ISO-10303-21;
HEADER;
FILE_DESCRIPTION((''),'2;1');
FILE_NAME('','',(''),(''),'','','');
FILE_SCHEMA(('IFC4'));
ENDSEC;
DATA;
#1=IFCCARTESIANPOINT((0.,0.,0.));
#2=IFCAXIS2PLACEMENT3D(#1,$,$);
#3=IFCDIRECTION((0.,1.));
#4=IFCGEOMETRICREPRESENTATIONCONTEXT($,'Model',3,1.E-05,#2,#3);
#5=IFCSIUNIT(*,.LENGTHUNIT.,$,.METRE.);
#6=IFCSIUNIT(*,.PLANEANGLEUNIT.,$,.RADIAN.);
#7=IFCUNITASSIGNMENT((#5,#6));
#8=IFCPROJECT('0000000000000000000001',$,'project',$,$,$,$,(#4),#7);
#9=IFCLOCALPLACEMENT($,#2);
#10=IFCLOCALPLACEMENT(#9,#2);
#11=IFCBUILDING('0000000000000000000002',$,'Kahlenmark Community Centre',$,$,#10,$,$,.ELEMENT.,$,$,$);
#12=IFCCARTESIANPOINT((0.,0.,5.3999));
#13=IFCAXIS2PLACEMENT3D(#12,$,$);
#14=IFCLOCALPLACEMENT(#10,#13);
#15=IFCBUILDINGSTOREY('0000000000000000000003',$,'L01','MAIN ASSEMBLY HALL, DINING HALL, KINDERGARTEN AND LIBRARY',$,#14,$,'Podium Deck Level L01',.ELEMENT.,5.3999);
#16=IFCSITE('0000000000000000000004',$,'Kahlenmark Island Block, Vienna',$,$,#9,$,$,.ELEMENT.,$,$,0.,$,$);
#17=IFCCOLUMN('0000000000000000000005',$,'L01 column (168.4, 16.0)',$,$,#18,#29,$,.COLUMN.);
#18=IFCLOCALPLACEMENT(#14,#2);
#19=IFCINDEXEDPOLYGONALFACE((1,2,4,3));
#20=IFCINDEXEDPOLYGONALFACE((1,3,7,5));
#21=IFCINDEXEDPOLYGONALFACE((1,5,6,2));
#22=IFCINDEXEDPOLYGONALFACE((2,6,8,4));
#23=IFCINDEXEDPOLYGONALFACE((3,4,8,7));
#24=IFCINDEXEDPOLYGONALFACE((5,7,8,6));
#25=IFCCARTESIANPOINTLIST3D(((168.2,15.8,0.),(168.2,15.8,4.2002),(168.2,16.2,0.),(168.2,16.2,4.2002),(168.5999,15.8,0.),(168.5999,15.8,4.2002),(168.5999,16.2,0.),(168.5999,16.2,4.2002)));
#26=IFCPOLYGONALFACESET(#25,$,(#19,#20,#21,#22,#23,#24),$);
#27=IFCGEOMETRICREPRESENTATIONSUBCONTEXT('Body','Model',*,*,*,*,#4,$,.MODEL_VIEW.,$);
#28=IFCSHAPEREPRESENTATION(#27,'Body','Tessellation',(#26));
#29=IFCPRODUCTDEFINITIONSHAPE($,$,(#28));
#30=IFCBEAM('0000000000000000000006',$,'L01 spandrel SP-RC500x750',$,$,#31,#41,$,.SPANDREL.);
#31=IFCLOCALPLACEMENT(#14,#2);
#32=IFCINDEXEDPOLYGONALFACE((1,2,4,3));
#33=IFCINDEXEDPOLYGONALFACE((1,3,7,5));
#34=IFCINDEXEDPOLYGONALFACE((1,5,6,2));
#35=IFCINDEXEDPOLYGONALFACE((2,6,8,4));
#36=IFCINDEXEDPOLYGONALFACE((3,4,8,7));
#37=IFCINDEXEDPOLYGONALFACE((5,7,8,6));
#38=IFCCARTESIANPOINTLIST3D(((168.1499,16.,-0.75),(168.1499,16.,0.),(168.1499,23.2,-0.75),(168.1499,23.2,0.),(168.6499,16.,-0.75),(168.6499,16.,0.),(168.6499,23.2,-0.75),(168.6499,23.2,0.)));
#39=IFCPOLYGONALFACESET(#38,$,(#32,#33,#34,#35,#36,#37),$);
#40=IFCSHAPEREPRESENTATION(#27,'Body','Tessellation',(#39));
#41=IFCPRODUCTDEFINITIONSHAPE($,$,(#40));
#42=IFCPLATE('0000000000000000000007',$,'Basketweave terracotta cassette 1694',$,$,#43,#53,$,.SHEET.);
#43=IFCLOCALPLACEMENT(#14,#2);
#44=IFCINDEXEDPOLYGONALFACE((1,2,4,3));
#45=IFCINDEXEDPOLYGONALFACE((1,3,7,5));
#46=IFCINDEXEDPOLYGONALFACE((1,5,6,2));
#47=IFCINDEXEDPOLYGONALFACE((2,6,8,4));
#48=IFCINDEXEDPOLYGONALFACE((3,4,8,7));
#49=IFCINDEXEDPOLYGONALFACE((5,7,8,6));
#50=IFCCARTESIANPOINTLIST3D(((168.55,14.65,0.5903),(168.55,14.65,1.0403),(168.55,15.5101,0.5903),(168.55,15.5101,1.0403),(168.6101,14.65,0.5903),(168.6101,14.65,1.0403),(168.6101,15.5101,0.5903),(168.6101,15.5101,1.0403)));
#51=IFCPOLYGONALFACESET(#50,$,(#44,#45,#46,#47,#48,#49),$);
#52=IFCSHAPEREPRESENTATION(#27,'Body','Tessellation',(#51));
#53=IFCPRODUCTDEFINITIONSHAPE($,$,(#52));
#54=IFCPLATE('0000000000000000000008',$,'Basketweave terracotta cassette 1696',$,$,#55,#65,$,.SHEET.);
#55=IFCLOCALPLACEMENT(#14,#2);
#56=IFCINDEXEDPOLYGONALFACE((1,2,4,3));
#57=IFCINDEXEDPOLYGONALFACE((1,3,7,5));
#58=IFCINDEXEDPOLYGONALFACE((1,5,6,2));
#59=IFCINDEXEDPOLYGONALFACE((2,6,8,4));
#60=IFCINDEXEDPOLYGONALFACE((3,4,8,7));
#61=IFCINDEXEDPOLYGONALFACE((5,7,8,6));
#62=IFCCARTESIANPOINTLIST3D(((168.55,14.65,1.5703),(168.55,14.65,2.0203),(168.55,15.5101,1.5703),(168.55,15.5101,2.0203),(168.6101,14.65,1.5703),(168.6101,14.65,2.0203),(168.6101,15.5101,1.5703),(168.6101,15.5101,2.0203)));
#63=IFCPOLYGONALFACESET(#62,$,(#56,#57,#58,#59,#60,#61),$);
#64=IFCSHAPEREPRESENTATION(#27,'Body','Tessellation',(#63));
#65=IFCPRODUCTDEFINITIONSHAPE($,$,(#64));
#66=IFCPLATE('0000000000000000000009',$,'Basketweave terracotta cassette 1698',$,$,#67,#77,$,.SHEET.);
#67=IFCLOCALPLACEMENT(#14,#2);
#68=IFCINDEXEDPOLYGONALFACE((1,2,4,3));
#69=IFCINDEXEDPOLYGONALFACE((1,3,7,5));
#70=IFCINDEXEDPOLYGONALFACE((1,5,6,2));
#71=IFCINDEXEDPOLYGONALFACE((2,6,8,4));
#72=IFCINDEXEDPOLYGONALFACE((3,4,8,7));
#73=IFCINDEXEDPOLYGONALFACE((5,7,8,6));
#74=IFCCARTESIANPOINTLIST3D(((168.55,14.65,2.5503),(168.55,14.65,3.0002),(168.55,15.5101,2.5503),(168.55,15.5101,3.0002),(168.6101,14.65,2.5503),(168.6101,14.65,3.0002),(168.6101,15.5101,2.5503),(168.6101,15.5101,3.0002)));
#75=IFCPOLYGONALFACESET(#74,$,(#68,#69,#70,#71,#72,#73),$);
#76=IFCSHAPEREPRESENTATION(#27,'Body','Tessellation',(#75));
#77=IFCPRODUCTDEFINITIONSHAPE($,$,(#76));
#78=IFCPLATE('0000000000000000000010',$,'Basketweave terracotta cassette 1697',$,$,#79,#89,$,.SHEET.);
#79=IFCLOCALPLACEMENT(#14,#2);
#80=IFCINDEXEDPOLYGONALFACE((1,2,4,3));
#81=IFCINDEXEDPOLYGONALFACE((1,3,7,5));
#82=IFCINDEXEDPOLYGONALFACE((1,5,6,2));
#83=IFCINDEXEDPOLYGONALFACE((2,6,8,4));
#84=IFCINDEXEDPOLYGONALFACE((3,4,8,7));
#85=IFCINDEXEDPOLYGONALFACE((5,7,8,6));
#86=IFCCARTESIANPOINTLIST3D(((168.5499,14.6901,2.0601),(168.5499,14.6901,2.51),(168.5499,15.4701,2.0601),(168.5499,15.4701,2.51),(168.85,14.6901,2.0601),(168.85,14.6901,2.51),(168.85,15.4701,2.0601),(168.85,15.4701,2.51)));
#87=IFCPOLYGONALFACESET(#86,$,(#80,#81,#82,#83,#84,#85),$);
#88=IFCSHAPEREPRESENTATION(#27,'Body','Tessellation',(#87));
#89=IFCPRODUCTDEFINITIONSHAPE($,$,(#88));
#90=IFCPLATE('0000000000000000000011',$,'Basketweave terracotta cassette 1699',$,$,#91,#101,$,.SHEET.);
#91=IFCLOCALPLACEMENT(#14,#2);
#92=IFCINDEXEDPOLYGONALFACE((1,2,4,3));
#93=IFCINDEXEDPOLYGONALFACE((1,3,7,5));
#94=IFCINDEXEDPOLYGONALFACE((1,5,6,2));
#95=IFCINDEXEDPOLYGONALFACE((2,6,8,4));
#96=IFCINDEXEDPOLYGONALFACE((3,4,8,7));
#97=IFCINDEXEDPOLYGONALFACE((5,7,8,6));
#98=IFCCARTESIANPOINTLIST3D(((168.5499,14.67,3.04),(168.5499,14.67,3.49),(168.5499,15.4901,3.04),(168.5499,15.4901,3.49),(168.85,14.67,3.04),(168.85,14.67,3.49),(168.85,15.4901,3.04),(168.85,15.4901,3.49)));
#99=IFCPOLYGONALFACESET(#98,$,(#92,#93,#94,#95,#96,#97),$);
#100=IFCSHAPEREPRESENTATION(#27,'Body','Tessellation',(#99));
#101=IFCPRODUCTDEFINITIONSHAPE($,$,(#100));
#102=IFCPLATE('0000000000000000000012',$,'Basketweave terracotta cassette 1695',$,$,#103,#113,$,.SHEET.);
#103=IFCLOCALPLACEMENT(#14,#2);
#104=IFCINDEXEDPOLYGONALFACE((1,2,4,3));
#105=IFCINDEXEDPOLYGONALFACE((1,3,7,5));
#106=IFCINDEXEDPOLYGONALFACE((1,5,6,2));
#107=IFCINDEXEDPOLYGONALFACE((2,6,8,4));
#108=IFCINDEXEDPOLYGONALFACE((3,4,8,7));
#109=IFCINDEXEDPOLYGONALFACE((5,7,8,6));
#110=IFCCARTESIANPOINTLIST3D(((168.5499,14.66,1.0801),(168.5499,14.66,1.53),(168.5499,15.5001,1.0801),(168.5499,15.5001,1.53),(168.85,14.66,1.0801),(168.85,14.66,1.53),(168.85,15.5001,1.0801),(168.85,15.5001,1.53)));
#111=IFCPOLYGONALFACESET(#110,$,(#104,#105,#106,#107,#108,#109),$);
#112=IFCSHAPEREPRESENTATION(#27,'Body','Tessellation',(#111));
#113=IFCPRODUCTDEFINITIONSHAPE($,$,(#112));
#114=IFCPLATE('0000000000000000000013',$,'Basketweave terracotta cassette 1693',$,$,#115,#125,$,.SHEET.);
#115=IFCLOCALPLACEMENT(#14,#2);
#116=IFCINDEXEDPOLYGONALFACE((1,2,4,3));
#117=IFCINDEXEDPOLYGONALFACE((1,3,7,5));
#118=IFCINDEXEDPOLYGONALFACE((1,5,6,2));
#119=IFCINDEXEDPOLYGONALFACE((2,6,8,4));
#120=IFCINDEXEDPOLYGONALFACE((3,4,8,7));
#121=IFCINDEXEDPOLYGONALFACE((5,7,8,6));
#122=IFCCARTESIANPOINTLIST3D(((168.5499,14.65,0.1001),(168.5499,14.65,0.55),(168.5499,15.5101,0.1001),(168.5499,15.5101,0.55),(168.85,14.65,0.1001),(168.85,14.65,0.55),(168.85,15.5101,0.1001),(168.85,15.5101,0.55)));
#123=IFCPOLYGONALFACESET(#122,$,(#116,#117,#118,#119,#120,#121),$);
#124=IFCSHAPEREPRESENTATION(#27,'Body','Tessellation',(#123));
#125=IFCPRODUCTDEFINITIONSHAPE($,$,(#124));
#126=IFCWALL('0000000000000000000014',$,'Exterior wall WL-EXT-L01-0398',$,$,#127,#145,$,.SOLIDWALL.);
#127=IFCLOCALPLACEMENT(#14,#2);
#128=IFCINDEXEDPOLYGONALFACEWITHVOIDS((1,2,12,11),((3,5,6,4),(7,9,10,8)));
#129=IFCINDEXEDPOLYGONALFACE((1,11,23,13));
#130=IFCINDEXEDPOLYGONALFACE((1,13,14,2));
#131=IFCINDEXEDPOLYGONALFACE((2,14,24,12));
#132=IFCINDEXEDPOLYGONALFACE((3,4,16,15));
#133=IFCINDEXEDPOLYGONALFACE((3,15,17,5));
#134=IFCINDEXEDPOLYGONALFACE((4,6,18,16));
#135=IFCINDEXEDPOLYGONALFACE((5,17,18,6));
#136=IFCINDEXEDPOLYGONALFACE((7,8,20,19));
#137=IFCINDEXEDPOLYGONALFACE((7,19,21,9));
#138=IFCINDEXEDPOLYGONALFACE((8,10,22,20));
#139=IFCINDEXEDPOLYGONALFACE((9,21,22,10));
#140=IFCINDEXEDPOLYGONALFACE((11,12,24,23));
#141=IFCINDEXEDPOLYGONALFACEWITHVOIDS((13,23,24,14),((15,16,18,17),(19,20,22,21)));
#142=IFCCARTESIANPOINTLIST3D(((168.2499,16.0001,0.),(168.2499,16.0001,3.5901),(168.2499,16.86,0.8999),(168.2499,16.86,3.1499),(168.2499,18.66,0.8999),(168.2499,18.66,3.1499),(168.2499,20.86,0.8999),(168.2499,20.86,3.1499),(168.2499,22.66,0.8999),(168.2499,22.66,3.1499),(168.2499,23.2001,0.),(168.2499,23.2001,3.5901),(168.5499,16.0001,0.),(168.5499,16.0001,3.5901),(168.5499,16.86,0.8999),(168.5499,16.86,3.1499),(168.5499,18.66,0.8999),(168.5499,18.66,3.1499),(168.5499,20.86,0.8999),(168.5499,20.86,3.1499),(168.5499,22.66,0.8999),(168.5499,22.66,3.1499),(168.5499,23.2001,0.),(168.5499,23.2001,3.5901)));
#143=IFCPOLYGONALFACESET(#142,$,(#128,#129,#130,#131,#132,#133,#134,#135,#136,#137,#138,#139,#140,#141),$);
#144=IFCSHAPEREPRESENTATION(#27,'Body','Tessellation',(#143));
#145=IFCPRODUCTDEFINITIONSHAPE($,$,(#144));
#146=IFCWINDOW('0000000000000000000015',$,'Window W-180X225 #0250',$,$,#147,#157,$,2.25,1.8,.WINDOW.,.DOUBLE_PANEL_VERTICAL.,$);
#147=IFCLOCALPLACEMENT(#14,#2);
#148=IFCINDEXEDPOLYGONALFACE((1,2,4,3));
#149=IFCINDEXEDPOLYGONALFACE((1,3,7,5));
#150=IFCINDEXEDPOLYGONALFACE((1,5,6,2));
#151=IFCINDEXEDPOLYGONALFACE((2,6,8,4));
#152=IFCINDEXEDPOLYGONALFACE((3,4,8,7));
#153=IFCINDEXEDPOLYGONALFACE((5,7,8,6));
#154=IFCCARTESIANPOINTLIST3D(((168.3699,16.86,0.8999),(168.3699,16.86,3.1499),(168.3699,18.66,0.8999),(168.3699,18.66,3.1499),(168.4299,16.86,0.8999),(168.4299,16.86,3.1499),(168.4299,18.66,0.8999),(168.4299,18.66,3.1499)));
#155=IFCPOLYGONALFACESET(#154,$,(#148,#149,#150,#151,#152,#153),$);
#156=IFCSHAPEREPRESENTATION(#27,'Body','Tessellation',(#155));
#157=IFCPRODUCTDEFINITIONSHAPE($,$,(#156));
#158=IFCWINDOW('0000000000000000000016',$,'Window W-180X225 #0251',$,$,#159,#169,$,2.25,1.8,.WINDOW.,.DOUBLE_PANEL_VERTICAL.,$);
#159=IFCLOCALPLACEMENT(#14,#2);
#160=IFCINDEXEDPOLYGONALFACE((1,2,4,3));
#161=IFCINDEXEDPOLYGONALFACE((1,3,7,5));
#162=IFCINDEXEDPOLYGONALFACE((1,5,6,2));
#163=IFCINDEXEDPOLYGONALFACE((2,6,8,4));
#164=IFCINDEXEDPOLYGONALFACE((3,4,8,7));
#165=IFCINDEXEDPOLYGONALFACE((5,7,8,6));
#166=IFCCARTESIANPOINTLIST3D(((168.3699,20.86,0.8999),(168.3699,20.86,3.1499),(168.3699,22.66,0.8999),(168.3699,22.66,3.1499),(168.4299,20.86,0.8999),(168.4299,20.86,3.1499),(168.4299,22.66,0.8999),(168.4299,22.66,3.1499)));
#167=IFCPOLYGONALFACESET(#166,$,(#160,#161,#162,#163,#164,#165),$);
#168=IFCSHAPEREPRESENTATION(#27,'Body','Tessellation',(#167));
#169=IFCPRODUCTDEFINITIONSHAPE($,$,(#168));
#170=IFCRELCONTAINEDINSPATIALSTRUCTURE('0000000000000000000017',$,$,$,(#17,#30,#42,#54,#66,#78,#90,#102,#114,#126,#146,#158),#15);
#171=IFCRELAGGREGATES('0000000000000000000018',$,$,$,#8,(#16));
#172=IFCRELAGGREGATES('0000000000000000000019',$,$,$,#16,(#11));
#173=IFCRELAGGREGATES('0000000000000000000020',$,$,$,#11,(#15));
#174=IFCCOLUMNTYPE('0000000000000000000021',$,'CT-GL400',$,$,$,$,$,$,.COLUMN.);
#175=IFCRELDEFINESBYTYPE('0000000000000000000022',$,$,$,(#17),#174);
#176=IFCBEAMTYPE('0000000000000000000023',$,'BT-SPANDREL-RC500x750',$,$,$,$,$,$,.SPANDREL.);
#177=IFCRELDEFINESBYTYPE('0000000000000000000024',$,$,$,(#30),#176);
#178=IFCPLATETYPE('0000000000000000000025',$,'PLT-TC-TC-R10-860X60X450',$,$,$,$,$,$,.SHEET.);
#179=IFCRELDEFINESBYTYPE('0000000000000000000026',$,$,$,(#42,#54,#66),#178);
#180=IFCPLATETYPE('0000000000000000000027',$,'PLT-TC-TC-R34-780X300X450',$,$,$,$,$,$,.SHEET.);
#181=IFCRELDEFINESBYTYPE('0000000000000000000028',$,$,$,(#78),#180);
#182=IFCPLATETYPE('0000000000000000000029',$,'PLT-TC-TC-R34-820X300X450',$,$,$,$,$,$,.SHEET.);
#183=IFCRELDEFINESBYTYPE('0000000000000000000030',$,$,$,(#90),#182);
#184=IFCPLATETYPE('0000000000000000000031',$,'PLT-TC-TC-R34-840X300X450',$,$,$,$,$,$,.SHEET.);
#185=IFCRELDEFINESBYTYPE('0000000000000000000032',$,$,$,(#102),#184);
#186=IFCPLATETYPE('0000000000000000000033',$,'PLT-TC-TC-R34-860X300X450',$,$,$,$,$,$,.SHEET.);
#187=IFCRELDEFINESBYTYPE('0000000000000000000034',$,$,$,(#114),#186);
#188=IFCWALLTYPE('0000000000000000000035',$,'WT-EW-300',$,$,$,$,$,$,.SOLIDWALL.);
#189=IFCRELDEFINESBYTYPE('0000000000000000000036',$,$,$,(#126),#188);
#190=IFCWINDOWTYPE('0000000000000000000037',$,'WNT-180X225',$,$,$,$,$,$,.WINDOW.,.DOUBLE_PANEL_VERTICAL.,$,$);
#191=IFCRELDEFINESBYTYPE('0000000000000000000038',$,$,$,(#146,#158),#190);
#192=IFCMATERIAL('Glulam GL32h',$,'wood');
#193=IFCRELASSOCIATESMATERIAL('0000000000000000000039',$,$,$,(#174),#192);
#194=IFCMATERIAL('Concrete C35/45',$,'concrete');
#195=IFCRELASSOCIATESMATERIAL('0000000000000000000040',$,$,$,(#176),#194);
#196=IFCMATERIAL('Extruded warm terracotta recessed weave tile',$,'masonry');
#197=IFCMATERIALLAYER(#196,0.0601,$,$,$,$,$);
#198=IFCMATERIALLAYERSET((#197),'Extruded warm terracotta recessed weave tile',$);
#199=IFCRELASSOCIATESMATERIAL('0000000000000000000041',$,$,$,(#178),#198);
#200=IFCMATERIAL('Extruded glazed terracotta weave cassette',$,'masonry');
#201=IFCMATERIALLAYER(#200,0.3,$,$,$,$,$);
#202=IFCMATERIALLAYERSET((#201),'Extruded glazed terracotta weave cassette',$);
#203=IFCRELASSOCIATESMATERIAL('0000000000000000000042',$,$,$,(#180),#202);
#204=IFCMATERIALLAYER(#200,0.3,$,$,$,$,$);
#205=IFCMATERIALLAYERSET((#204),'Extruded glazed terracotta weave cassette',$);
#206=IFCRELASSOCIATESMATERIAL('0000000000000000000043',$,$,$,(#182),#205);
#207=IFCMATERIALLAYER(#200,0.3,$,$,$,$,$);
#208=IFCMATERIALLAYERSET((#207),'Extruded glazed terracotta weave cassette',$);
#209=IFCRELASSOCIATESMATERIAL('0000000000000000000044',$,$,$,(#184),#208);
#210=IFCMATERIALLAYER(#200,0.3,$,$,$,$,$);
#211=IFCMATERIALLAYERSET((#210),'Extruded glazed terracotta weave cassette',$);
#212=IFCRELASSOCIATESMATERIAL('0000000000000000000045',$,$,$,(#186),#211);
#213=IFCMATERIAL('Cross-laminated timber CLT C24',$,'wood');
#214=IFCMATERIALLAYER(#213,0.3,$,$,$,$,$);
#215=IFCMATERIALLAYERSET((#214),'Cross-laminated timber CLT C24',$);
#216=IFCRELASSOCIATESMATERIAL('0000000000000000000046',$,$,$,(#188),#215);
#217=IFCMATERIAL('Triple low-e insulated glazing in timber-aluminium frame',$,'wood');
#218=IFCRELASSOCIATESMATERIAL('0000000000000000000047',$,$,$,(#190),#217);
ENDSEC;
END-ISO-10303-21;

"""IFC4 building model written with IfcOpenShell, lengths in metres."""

from ifc_helpers import new_model, si_unit, direction, frame, frame_2d, origin, origin_2d, place, context, subcontext, project, spatial, rectangle, extrude, material, layer, layer_set, material_profile, profile_set, type_object, element, fill, save


model = new_model("IFC4")

# Units and contexts
model_context = context("Model", 3, precision=1e-05, world=origin(), true_north=direction((0.0, 1.0)))
body_context = subcontext(model_context, "Body", "Model", "MODEL_VIEW")
ifc_project = project(units=[si_unit("LENGTHUNIT", "METRE"), si_unit("PLANEANGLEUNIT", "RADIAN")], contexts=[model_context])

# Site, building, storey
site_placement = place(None, origin())
site = spatial("IfcSite", under=ifc_project, at=site_placement, Name="Kahlenmark Island Block, Vienna", CompositionType="ELEMENT", RefElevation=0.0)
building_placement = place(site_placement, origin())
building = spatial("IfcBuilding", under=site, at=building_placement, Name="Kahlenmark Community Centre", CompositionType="ELEMENT")
storey_placement = place(building_placement, frame((0.0, 0.0, 5.3999)))
storey = spatial("IfcBuildingStorey", under=building, at=storey_placement, Name="L01", Description="MAIN ASSEMBLY HALL, DINING HALL, KINDERGARTEN AND LIBRARY", LongName="Podium Deck Level L01", CompositionType="ELEMENT", Elevation=5.3999)

# Column
ifc_material_1 = material(Name="Glulam GL32h", Category="wood")
ifc_material_profile_1 = material_profile(ifc_material_1, rectangle(XDim=0.3999, YDim=0.3999, at=origin_2d()), Name="GL32h 400x400")
ifc_profile_set_1 = profile_set([ifc_material_profile_1], Name="Glulam GL32h")
column_type = type_object("IfcColumnType", Name="CT-GL400", PredefinedType="COLUMN", material=ifc_profile_set_1)
column_placement = place(storey_placement, frame((168.3999, 16.0, 0.0), z_axis=(0.0, 0.0, 1.0), x_axis=(1.0, 0.0, 0.0)))
element("IfcColumn", 1, at=column_placement, inside=storey, type_object=column_type, Name="L01 column (168.4, 16.0)", PredefinedType="COLUMN", context=body_context, shape_type="SweptSolid", body=[
    extrude(rectangle(XDim=0.3999, YDim=0.3999, at=origin_2d()), origin(), (0.0, 0.0, 1.0), 4.2002),
])

# Beam
ifc_material_2 = material(Name="Concrete C35/45", Category="concrete")
ifc_material_profile_2 = material_profile(ifc_material_2, rectangle(XDim=0.5, YDim=0.75, at=origin_2d()), Name="RC 500x750")
ifc_profile_set_2 = profile_set([ifc_material_profile_2], Name="Concrete C35/45")
beam_type = type_object("IfcBeamType", Name="BT-SPANDREL-RC500x750", PredefinedType="SPANDREL", material=ifc_profile_set_2)
beam_placement = place(storey_placement, frame((168.3999, 16.0, -0.375), z_axis=(0.0, 1.0, 0.0), x_axis=(-1.0, 0.0, 0.0)))
element("IfcBeam", 2, at=beam_placement, inside=storey, type_object=beam_type, Name="L01 spandrel SP-RC500x750", PredefinedType="SPANDREL", context=body_context, shape_type="SweptSolid", body=[
    extrude(rectangle(XDim=0.5, YDim=0.75, at=origin_2d()), origin(), (0.0, 0.0, 1.0), 7.2),
])

# Plates
ifc_material_3 = material(Name="Extruded warm terracotta recessed weave tile", Category="masonry")
ifc_layer_1 = layer(ifc_material_3, 0.0601)
ifc_layer_set_1 = layer_set([ifc_layer_1], Name="Extruded warm terracotta recessed weave tile")
plate_type_1 = type_object("IfcPlateType", Name="PLT-TC-TC-R10-860X60X450", PredefinedType="SHEET", material=ifc_layer_set_1)
for number, where, z_axis, x_axis, name in (
    (3, (168.5801, 15.0801, 0.5903), (0.0, 0.0, 1.0), (0.0, 1.0, 0.0), "Basketweave terracotta cassette 1694"),
    (4, (168.5801, 15.0801, 1.5703), (0.0, 0.0, 1.0), (0.0, 1.0, 0.0), "Basketweave terracotta cassette 1696"),
    (5, (168.5801, 15.0801, 2.5503), (0.0, 0.0, 1.0), (0.0, 1.0, 0.0), "Basketweave terracotta cassette 1698"),
):
    element("IfcPlate", number, at=place(storey_placement, frame(where, z_axis=z_axis, x_axis=x_axis)), inside=storey, type_object=plate_type_1, Name=name, PredefinedType="SHEET", context=body_context, shape_type="SweptSolid", body=[
        extrude(rectangle(XDim=0.8601, YDim=0.0601, at=origin_2d()), origin(), (0.0, 0.0, 1.0), 0.45),
    ])
ifc_material_4 = material(Name="Extruded glazed terracotta weave cassette", Category="masonry")
ifc_layer_2 = layer(ifc_material_4, 0.3)
ifc_layer_set_2 = layer_set([ifc_layer_2], Name="Extruded glazed terracotta weave cassette")
plate_type_2 = type_object("IfcPlateType", Name="PLT-TC-TC-R34-780X300X450", PredefinedType="SHEET", material=ifc_layer_set_2)
plate_1_placement = place(storey_placement, frame((168.7, 15.0801, 2.0601), z_axis=(0.0, 0.0, 1.0), x_axis=(0.0, 1.0, 0.0)))
element("IfcPlate", 6, at=plate_1_placement, inside=storey, type_object=plate_type_2, Name="Basketweave terracotta cassette 1697", PredefinedType="SHEET", context=body_context, shape_type="SweptSolid", body=[
    extrude(rectangle(XDim=0.78, YDim=0.3, at=origin_2d()), origin(), (0.0, 0.0, 1.0), 0.45),
])
ifc_layer_3 = layer(ifc_material_4, 0.3)
ifc_layer_set_3 = layer_set([ifc_layer_3], Name="Extruded glazed terracotta weave cassette")
plate_type_3 = type_object("IfcPlateType", Name="PLT-TC-TC-R34-820X300X450", PredefinedType="SHEET", material=ifc_layer_set_3)
plate_2_placement = place(storey_placement, frame((168.7, 15.0801, 3.04), z_axis=(0.0, 0.0, 1.0), x_axis=(0.0, 1.0, 0.0)))
element("IfcPlate", 7, at=plate_2_placement, inside=storey, type_object=plate_type_3, Name="Basketweave terracotta cassette 1699", PredefinedType="SHEET", context=body_context, shape_type="SweptSolid", body=[
    extrude(rectangle(XDim=0.8201, YDim=0.3, at=origin_2d()), origin(), (0.0, 0.0, 1.0), 0.45),
])
ifc_layer_4 = layer(ifc_material_4, 0.3)
ifc_layer_set_4 = layer_set([ifc_layer_4], Name="Extruded glazed terracotta weave cassette")
plate_type_4 = type_object("IfcPlateType", Name="PLT-TC-TC-R34-840X300X450", PredefinedType="SHEET", material=ifc_layer_set_4)
plate_3_placement = place(storey_placement, frame((168.7, 15.0801, 1.0801), z_axis=(0.0, 0.0, 1.0), x_axis=(0.0, 1.0, 0.0)))
element("IfcPlate", 8, at=plate_3_placement, inside=storey, type_object=plate_type_4, Name="Basketweave terracotta cassette 1695", PredefinedType="SHEET", context=body_context, shape_type="SweptSolid", body=[
    extrude(rectangle(XDim=0.8401, YDim=0.3, at=origin_2d()), origin(), (0.0, 0.0, 1.0), 0.45),
])
ifc_layer_5 = layer(ifc_material_4, 0.3)
ifc_layer_set_5 = layer_set([ifc_layer_5], Name="Extruded glazed terracotta weave cassette")
plate_type_5 = type_object("IfcPlateType", Name="PLT-TC-TC-R34-860X300X450", PredefinedType="SHEET", material=ifc_layer_set_5)
plate_4_placement = place(storey_placement, frame((168.7, 15.0801, 0.1001), z_axis=(0.0, 0.0, 1.0), x_axis=(0.0, 1.0, 0.0)))
element("IfcPlate", 9, at=plate_4_placement, inside=storey, type_object=plate_type_5, Name="Basketweave terracotta cassette 1693", PredefinedType="SHEET", context=body_context, shape_type="SweptSolid", body=[
    extrude(rectangle(XDim=0.8601, YDim=0.3, at=origin_2d()), origin(), (0.0, 0.0, 1.0), 0.45),
])

# Wall, openings, windows
ifc_material_5 = material(Name="Cross-laminated timber CLT C24", Category="wood")
ifc_layer_6 = layer(ifc_material_5, 0.3)
ifc_layer_set_6 = layer_set([ifc_layer_6], Name="Cross-laminated timber CLT C24")
wall_type = type_object("IfcWallType", Name="WT-EW-300", PredefinedType="SOLIDWALL", material=ifc_layer_set_6)
wall_placement = place(storey_placement, frame((168.3999, 16.0, 0.0), z_axis=(0.0, 0.0, 1.0), x_axis=(0.0, 1.0, 0.0)))
wall = element("IfcWall", 10, at=wall_placement, inside=storey, type_object=wall_type, Name="Exterior wall WL-EXT-L01-0398", PredefinedType="SOLIDWALL", context=body_context, shape_type="SweptSolid", body=[
    extrude(rectangle(XDim=7.2, YDim=0.3, at=frame_2d((3.6001, 0.0))), origin(), (0.0, 0.0, 1.0), 3.5901),
])
opening_1_placement = place(wall_placement, frame((0.8601, 0.0, 0.8999)))
opening_1 = element("IfcOpeningElement", 11, at=opening_1_placement, cuts=wall, PredefinedType="OPENING", context=body_context, shape_type="SweptSolid", body=[
    extrude(rectangle(XDim=1.8, YDim=2.25, at=frame_2d((0.8999, 1.125))), frame((0.0, 0.1599, 0.0), z_axis=(0.0, -1.0, 0.0), x_axis=(1.0, 0.0, 0.0)), (0.0, 0.0, 1.0), 0.3201),
])
opening_2_placement = place(wall_placement, frame((4.8601, 0.0, 0.8999)))
opening_2 = element("IfcOpeningElement", 12, at=opening_2_placement, cuts=wall, PredefinedType="OPENING", context=body_context, shape_type="SweptSolid", body=[
    extrude(rectangle(XDim=1.8, YDim=2.25, at=frame_2d((0.8999, 1.125))), frame((0.0, 0.1599, 0.0), z_axis=(0.0, -1.0, 0.0), x_axis=(1.0, 0.0, 0.0)), (0.0, 0.0, 1.0), 0.3201),
])
ifc_material_6 = material(Name="Triple low-e insulated glazing in timber-aluminium frame", Category="wood")
window_type = type_object("IfcWindowType", Name="WNT-180X225", PartitioningType="DOUBLE_PANEL_VERTICAL", PredefinedType="WINDOW", material=ifc_material_6)
window_1_placement = place(opening_1_placement, origin())
window_1 = element("IfcWindow", 13, at=window_1_placement, inside=storey, type_object=window_type, Name="Window W-180X225 #0250", OverallHeight=2.25, OverallWidth=1.8, PartitioningType="DOUBLE_PANEL_VERTICAL", PredefinedType="WINDOW", context=body_context, shape_type="SweptSolid", body=[
    extrude(rectangle(XDim=1.8, YDim=2.25, at=frame_2d((0.8999, 1.125))), frame((0.0, 0.03, 0.0), z_axis=(0.0, -1.0, 0.0), x_axis=(1.0, 0.0, 0.0)), (0.0, 0.0, 1.0), 0.0601),
])
fill(opening_1, window_1)
window_2_placement = place(opening_2_placement, origin())
window_2 = element("IfcWindow", 14, at=window_2_placement, inside=storey, type_object=window_type, Name="Window W-180X225 #0251", OverallHeight=2.25, OverallWidth=1.8, PartitioningType="DOUBLE_PANEL_VERTICAL", PredefinedType="WINDOW", context=body_context, shape_type="SweptSolid", body=[
    extrude(rectangle(XDim=1.8, YDim=2.25, at=frame_2d((0.8999, 1.125))), frame((0.0, 0.03, 0.0), z_axis=(0.0, -1.0, 0.0), x_axis=(1.0, 0.0, 0.0)), (0.0, 0.0, 1.0), 0.0601),
])
fill(opening_2, window_2)

save(model, "model.ifc")
